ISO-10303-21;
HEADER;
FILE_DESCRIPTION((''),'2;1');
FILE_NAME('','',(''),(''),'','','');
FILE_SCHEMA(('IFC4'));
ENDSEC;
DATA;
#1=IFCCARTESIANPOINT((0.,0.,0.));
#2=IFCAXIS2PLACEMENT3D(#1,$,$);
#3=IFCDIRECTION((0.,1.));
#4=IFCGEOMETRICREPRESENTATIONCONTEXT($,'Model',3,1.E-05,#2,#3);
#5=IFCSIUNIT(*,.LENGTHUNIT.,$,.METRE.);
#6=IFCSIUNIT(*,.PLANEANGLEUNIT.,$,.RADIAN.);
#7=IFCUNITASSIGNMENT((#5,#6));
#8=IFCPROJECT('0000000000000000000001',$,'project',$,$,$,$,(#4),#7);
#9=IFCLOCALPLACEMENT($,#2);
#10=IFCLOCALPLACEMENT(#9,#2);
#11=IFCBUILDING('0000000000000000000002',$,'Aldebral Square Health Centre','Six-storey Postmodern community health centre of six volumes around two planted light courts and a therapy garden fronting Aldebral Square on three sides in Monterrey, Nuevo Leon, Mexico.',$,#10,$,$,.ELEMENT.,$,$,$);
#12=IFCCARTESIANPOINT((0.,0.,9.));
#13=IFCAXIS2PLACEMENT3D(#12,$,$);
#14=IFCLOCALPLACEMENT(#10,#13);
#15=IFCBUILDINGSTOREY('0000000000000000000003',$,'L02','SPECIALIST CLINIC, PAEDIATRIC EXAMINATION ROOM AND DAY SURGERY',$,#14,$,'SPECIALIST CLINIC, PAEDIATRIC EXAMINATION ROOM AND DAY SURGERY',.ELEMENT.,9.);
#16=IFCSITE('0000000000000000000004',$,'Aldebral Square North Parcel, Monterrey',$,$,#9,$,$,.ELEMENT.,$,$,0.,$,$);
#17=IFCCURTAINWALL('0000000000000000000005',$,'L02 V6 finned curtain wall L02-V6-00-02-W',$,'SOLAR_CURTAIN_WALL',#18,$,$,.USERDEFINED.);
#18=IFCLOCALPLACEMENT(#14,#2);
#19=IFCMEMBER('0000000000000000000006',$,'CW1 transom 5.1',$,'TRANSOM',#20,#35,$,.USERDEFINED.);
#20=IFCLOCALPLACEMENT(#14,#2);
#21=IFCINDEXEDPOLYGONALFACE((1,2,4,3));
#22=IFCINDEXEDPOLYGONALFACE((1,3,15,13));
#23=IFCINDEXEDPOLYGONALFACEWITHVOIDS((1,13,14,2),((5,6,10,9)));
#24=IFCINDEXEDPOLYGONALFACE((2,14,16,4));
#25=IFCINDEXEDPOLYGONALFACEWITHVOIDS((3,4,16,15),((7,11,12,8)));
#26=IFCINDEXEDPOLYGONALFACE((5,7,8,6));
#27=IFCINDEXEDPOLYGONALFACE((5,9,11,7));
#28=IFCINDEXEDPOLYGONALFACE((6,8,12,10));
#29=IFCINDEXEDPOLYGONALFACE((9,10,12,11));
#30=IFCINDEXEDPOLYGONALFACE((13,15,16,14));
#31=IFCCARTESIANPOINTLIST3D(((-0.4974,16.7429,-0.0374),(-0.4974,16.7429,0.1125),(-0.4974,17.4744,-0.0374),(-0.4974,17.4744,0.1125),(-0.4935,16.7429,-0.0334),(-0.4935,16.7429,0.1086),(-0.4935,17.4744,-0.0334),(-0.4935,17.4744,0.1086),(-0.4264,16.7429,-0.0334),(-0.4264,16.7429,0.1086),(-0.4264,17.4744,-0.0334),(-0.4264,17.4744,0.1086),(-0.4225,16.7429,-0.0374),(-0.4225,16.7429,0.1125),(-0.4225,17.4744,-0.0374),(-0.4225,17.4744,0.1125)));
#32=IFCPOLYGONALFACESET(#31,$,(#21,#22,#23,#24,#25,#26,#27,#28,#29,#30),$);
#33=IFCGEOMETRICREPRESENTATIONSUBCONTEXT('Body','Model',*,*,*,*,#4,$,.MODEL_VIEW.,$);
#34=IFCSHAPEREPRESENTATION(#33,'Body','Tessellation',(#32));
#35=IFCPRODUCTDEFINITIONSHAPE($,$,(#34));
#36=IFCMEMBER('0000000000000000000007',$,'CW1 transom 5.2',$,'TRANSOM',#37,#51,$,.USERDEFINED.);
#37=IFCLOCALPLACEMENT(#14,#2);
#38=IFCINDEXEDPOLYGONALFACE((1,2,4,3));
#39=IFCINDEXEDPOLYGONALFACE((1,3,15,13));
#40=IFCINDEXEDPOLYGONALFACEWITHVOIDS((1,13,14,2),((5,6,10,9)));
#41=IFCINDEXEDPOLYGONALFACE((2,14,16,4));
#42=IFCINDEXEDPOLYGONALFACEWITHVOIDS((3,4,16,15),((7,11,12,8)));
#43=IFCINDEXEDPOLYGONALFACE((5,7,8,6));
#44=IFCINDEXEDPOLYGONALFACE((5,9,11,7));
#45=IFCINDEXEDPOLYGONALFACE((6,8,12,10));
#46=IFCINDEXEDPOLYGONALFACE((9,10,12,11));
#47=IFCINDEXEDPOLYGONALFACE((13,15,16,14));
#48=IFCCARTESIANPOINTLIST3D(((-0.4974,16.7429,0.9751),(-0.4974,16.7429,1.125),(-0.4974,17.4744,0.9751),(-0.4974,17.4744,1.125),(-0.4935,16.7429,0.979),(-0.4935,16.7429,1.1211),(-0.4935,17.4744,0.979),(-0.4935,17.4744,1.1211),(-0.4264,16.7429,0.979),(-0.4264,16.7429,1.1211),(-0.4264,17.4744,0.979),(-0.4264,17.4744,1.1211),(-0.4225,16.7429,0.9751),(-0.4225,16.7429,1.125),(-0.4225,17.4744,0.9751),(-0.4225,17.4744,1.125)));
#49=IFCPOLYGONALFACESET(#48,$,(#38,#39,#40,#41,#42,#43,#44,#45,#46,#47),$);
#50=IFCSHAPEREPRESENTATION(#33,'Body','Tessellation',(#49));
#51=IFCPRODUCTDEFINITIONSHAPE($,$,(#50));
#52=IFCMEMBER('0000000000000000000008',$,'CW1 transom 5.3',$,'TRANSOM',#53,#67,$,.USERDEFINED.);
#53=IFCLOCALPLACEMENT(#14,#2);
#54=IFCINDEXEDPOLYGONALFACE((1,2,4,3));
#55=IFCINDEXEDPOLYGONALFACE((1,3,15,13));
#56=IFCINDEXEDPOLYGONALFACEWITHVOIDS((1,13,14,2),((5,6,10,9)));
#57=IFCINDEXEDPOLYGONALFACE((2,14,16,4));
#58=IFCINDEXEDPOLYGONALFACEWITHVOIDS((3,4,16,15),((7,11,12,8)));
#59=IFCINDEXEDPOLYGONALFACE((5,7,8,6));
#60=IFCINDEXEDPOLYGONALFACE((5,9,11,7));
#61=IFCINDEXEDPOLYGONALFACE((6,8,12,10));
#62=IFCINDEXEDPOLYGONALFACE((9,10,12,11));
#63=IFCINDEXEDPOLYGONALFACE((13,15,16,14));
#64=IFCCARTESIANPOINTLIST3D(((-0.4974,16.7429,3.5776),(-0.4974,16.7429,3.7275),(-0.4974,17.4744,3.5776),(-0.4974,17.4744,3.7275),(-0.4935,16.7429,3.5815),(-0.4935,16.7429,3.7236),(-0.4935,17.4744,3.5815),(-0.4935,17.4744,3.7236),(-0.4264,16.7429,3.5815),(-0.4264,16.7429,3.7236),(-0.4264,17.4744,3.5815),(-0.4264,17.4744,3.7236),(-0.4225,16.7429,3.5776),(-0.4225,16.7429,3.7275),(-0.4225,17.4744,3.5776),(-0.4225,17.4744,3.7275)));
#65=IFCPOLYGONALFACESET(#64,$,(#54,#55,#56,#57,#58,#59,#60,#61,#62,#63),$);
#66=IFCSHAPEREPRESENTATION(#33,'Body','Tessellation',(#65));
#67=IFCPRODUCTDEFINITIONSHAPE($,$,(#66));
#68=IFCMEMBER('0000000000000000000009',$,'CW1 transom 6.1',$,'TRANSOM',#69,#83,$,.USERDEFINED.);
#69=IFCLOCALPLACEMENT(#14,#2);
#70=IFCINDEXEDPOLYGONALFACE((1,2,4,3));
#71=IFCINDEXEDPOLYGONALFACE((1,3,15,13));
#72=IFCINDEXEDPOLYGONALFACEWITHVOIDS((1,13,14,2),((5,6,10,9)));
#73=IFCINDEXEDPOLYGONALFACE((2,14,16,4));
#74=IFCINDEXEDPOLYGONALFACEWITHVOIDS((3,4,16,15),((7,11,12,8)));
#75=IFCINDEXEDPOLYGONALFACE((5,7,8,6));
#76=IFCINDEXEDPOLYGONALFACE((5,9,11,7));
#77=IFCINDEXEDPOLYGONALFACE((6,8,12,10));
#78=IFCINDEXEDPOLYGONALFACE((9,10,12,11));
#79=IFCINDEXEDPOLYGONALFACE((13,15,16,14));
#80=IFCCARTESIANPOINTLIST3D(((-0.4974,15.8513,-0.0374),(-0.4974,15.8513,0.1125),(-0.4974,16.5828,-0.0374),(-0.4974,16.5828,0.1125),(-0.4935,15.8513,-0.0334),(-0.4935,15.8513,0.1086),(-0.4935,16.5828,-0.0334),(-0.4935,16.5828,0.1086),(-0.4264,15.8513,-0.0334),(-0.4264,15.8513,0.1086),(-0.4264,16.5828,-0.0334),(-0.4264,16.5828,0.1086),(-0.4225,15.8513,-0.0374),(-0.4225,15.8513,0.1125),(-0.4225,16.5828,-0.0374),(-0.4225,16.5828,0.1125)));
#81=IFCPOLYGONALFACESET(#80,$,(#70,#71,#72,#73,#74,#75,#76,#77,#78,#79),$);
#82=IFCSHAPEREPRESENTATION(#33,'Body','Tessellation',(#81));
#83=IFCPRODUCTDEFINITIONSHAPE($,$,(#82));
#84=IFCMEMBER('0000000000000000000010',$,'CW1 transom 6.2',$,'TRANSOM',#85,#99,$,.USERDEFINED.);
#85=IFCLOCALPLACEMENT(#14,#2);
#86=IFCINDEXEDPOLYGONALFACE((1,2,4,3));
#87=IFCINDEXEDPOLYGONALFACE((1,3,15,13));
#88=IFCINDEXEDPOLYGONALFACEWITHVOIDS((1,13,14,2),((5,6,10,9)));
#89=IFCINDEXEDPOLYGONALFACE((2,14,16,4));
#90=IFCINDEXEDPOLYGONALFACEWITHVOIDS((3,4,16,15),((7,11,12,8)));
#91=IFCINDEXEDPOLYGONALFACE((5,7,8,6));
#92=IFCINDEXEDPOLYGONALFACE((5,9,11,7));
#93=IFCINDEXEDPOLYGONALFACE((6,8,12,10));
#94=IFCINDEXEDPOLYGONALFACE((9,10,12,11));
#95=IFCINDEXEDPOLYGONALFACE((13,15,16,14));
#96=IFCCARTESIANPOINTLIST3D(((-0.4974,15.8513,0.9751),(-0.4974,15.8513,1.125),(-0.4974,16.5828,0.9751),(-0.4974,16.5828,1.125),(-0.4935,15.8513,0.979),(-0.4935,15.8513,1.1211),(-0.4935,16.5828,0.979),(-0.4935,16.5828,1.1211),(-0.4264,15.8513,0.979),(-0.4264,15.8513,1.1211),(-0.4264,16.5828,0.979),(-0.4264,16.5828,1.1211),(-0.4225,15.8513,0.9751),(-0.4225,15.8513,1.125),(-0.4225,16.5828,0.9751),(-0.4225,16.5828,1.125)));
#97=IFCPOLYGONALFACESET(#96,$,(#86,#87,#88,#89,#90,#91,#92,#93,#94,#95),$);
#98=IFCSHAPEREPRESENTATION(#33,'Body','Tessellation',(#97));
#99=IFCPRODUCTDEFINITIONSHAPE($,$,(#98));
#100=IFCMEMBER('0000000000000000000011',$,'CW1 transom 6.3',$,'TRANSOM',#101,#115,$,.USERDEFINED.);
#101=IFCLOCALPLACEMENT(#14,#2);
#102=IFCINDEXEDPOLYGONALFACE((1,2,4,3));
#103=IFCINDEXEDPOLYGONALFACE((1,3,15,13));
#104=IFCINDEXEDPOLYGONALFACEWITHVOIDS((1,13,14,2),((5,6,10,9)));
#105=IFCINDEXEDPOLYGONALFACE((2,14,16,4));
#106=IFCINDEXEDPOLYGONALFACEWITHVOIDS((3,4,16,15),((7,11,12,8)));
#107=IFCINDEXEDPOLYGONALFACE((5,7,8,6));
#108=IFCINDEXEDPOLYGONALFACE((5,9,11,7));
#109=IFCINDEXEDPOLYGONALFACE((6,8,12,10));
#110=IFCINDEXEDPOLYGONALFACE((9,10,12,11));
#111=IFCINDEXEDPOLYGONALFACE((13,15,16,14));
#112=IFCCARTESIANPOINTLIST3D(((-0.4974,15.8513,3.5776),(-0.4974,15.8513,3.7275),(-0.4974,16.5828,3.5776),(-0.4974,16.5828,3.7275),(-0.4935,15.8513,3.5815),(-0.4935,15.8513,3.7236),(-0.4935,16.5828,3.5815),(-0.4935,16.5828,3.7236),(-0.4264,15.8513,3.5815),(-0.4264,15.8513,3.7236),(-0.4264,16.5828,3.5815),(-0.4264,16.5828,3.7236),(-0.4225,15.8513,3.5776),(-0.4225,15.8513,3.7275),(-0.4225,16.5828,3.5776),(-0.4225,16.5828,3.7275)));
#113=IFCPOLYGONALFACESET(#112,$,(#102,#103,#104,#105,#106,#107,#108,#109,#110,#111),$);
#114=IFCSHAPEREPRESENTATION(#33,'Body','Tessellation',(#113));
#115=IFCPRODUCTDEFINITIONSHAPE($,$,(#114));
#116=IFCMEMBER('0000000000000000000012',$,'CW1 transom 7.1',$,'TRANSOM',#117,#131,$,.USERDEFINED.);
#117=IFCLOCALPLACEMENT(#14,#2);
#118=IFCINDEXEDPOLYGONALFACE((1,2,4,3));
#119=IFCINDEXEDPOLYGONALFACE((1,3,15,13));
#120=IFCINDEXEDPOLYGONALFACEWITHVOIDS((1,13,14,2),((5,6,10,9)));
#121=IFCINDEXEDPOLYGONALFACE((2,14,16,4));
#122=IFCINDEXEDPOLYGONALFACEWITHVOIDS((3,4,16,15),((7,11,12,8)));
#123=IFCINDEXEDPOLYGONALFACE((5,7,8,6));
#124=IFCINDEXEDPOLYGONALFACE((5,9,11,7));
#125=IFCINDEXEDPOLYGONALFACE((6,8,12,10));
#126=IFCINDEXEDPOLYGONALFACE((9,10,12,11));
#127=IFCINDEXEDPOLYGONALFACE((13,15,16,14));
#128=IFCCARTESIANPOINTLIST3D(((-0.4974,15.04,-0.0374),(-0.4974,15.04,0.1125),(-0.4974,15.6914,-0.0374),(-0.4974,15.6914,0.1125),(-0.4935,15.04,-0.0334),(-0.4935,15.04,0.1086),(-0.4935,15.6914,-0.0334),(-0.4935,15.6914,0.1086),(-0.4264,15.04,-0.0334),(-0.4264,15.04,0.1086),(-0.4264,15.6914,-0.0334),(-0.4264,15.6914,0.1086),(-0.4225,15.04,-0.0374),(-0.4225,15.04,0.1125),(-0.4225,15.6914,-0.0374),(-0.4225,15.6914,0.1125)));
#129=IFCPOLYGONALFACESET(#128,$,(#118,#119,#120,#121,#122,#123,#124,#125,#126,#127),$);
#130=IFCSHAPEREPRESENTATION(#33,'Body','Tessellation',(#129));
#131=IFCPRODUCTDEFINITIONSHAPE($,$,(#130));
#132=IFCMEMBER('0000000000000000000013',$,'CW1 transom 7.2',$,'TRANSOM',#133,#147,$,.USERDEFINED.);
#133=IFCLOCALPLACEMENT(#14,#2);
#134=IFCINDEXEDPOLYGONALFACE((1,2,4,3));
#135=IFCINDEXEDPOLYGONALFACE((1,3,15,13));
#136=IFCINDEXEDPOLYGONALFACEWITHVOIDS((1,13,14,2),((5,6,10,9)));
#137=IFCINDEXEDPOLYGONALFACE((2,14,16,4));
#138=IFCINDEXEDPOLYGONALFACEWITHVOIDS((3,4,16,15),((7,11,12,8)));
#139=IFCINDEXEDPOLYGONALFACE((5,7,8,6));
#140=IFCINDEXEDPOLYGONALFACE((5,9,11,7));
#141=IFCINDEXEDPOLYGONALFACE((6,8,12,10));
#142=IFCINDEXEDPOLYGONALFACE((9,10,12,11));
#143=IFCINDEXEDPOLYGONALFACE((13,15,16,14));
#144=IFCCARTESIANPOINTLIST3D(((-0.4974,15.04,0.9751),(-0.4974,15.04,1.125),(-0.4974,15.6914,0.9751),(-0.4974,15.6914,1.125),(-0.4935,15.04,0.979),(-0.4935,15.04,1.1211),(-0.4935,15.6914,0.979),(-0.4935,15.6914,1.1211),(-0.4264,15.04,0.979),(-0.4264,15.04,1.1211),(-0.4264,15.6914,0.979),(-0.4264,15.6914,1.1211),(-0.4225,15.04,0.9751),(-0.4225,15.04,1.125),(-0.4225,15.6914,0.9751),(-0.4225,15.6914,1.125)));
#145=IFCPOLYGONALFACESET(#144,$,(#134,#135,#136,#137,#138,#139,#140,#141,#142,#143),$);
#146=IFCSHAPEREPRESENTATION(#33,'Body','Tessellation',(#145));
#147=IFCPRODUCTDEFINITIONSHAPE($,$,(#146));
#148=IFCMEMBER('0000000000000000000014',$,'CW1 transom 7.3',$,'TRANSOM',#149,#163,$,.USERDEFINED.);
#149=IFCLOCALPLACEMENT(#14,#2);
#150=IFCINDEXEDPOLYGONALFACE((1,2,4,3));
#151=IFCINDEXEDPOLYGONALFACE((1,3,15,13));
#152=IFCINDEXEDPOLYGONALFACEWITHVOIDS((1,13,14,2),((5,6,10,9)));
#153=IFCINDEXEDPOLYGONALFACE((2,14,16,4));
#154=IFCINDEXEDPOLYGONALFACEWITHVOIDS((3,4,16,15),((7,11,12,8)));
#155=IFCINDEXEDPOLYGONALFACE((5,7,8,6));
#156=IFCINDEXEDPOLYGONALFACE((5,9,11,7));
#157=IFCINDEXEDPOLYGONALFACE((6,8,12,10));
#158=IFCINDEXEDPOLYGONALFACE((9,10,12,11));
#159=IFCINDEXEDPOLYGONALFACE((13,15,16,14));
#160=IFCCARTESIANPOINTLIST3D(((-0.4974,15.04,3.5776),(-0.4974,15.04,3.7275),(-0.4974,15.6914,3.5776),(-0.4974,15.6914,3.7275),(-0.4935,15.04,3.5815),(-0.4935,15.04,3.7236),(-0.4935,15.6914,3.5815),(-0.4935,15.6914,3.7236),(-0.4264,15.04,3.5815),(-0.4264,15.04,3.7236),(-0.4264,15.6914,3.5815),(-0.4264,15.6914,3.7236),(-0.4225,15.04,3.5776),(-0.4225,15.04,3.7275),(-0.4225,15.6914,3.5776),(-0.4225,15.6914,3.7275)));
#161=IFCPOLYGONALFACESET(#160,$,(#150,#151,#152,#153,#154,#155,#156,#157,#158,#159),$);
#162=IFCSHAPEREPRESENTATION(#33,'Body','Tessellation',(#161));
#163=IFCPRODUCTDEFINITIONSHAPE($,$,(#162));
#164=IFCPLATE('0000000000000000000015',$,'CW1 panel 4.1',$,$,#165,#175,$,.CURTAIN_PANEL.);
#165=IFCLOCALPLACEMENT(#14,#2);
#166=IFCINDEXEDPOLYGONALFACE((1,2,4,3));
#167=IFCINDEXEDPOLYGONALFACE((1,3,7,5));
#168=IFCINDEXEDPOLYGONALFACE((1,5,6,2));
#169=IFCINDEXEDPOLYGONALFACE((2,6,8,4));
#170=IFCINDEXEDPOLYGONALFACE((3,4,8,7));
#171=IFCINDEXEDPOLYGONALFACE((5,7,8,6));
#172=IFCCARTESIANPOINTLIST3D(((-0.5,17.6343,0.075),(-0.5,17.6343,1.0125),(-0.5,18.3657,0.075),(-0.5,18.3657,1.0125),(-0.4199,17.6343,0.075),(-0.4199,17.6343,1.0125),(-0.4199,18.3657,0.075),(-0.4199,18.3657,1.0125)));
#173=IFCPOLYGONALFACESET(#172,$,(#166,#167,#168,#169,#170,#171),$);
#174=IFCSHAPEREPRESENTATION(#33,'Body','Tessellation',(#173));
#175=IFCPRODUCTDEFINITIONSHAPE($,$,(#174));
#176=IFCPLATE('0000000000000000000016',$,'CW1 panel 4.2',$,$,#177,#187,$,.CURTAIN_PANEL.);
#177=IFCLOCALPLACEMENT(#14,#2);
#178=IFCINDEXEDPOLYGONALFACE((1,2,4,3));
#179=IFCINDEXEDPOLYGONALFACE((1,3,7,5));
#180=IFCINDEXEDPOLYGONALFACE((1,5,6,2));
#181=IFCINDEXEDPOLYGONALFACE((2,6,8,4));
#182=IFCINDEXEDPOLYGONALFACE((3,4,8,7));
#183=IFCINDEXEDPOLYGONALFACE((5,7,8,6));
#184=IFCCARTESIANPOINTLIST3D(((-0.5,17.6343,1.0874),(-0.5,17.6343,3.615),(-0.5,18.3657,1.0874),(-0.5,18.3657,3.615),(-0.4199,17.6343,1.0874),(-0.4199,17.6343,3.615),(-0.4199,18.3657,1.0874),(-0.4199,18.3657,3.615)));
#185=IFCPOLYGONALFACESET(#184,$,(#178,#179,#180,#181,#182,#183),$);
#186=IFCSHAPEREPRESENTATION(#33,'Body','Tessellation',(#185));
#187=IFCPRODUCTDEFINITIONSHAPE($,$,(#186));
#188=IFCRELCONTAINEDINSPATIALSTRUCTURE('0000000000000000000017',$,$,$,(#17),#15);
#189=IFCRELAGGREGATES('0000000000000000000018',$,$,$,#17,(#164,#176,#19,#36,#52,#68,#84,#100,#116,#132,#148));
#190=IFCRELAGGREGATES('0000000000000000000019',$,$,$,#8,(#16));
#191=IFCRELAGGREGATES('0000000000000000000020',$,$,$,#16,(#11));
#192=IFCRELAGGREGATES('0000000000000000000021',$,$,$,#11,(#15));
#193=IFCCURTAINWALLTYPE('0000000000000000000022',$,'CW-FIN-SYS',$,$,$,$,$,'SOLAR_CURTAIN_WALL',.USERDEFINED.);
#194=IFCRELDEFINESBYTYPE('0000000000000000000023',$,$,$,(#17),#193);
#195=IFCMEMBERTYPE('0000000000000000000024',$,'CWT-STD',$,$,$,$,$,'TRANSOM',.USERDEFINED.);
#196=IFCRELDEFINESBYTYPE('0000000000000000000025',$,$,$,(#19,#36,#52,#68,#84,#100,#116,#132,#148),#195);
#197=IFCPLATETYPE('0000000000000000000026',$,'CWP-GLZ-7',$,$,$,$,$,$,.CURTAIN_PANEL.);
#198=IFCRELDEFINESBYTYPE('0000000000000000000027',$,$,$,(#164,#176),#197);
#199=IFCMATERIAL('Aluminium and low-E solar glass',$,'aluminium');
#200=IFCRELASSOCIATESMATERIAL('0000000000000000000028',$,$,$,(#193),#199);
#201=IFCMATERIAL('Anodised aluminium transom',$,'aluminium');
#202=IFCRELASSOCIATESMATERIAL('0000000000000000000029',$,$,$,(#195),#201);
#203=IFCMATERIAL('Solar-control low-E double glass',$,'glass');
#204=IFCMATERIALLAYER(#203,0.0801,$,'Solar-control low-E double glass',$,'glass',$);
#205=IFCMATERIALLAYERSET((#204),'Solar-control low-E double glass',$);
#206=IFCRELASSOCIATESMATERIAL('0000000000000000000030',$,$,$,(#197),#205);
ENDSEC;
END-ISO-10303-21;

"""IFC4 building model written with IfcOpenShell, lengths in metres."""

from ifc_helpers import new_model, si_unit, direction, frame, origin, origin_2d, place, context, subcontext, project, spatial, rectangle, hollow_rectangle, extrude, material, layer, layer_set, material_profile, profile_set, type_object, element, aggregate, save


model = new_model("IFC4")

# Units and contexts
model_context = context("Model", 3, precision=1e-05, world=origin(), true_north=direction((0.0, 1.0)))
body_context = subcontext(model_context, "Body", "Model", "MODEL_VIEW")
ifc_project = project(units=[si_unit("LENGTHUNIT", "METRE"), si_unit("PLANEANGLEUNIT", "RADIAN")], contexts=[model_context])

# Site, building, storey
site_placement = place(None, origin())
site = spatial("IfcSite", under=ifc_project, at=site_placement, Name="Aldebral Square North Parcel, Monterrey", CompositionType="ELEMENT", RefElevation=0.0)
building_placement = place(site_placement, origin())
building = spatial("IfcBuilding", under=site, at=building_placement, Name="Aldebral Square Health Centre", Description="Six-storey Postmodern community health centre of six volumes around two planted light courts and a therapy garden fronting Aldebral Square on three sides in Monterrey, Nuevo Leon, Mexico.", CompositionType="ELEMENT")
storey_placement = place(building_placement, frame((0.0, 0.0, 9.0)))
storey = spatial("IfcBuildingStorey", under=building, at=storey_placement, Name="L02", Description="SPECIALIST CLINIC, PAEDIATRIC EXAMINATION ROOM AND DAY SURGERY", LongName="SPECIALIST CLINIC, PAEDIATRIC EXAMINATION ROOM AND DAY SURGERY", CompositionType="ELEMENT", Elevation=9.0)

# Curtain wall, members, plates
ifc_material_1 = material(Name="Aluminium and low-E solar glass", Category="aluminium")
curtain_wall_type = type_object("IfcCurtainWallType", Name="CW-FIN-SYS", ElementType="SOLAR_CURTAIN_WALL", PredefinedType="USERDEFINED", material=ifc_material_1)
curtain_wall_placement = place(storey_placement, origin())
curtain_wall = element("IfcCurtainWall", 1, at=curtain_wall_placement, inside=storey, type_object=curtain_wall_type, Name="L02 V6 finned curtain wall L02-V6-00-02-W", ObjectType="SOLAR_CURTAIN_WALL", PredefinedType="USERDEFINED")
ifc_material_2 = material(Name="Anodised aluminium transom", Category="aluminium")
ifc_material_profile_1 = material_profile(ifc_material_2, hollow_rectangle(XDim=0.075, YDim=0.1499, WallThickness=0.0039, at=origin_2d()), Name="CWT 75x150x4")
ifc_profile_set_1 = profile_set([ifc_material_profile_1], Name="Anodised aluminium transom")
member_type_1 = type_object("IfcMemberType", Name="CWT-STD", ElementType="TRANSOM", PredefinedType="USERDEFINED", material=ifc_profile_set_1)
member_1_placement = place(storey_placement, frame((-0.46, 17.4744, 0.0376), z_axis=(0.0, -1.0, 0.0), x_axis=(1.0, 0.0, 0.0)))
member_1 = element("IfcMember", 2, at=member_1_placement, type_object=member_type_1, Name="CW1 transom 5.1", ObjectType="TRANSOM", PredefinedType="USERDEFINED", context=body_context, shape_type="SweptSolid", body=[
    extrude(hollow_rectangle(XDim=0.075, YDim=0.1499, WallThickness=0.0039, at=origin_2d()), origin(), (0.0, 0.0, 1.0), 0.7314),
])
member_2_placement = place(storey_placement, frame((-0.46, 17.4744, 1.05), z_axis=(0.0, -1.0, 0.0), x_axis=(1.0, 0.0, 0.0)))
member_2 = element("IfcMember", 3, at=member_2_placement, type_object=member_type_1, Name="CW1 transom 5.2", ObjectType="TRANSOM", PredefinedType="USERDEFINED", context=body_context, shape_type="SweptSolid", body=[
    extrude(hollow_rectangle(XDim=0.075, YDim=0.1499, WallThickness=0.0039, at=origin_2d()), origin(), (0.0, 0.0, 1.0), 0.7314),
])
member_3_placement = place(storey_placement, frame((-0.46, 17.4744, 3.6526), z_axis=(0.0, -1.0, 0.0), x_axis=(1.0, 0.0, 0.0)))
member_3 = element("IfcMember", 4, at=member_3_placement, type_object=member_type_1, Name="CW1 transom 5.3", ObjectType="TRANSOM", PredefinedType="USERDEFINED", context=body_context, shape_type="SweptSolid", body=[
    extrude(hollow_rectangle(XDim=0.075, YDim=0.1499, WallThickness=0.0039, at=origin_2d()), origin(), (0.0, 0.0, 1.0), 0.7314),
])
member_4_placement = place(storey_placement, frame((-0.46, 16.5828, 0.0376), z_axis=(0.0, -1.0, 0.0), x_axis=(1.0, 0.0, 0.0)))
member_4 = element("IfcMember", 5, at=member_4_placement, type_object=member_type_1, Name="CW1 transom 6.1", ObjectType="TRANSOM", PredefinedType="USERDEFINED", context=body_context, shape_type="SweptSolid", body=[
    extrude(hollow_rectangle(XDim=0.075, YDim=0.1499, WallThickness=0.0039, at=origin_2d()), origin(), (0.0, 0.0, 1.0), 0.7314),
])
member_5_placement = place(storey_placement, frame((-0.46, 16.5828, 1.05), z_axis=(0.0, -1.0, 0.0), x_axis=(1.0, 0.0, 0.0)))
member_5 = element("IfcMember", 6, at=member_5_placement, type_object=member_type_1, Name="CW1 transom 6.2", ObjectType="TRANSOM", PredefinedType="USERDEFINED", context=body_context, shape_type="SweptSolid", body=[
    extrude(hollow_rectangle(XDim=0.075, YDim=0.1499, WallThickness=0.0039, at=origin_2d()), origin(), (0.0, 0.0, 1.0), 0.7314),
])
member_6_placement = place(storey_placement, frame((-0.46, 16.5828, 3.6526), z_axis=(0.0, -1.0, 0.0), x_axis=(1.0, 0.0, 0.0)))
member_6 = element("IfcMember", 7, at=member_6_placement, type_object=member_type_1, Name="CW1 transom 6.3", ObjectType="TRANSOM", PredefinedType="USERDEFINED", context=body_context, shape_type="SweptSolid", body=[
    extrude(hollow_rectangle(XDim=0.075, YDim=0.1499, WallThickness=0.0039, at=origin_2d()), origin(), (0.0, 0.0, 1.0), 0.7314),
])
member_7_placement = place(storey_placement, frame((-0.46, 15.6914, 0.0376), z_axis=(0.0, -1.0, 0.0), x_axis=(1.0, 0.0, 0.0)))
member_7 = element("IfcMember", 8, at=member_7_placement, type_object=member_type_1, Name="CW1 transom 7.1", ObjectType="TRANSOM", PredefinedType="USERDEFINED", context=body_context, shape_type="SweptSolid", body=[
    extrude(hollow_rectangle(XDim=0.075, YDim=0.1499, WallThickness=0.0039, at=origin_2d()), origin(), (0.0, 0.0, 1.0), 0.6514),
])
member_8_placement = place(storey_placement, frame((-0.46, 15.6914, 1.05), z_axis=(0.0, -1.0, 0.0), x_axis=(1.0, 0.0, 0.0)))
member_8 = element("IfcMember", 9, at=member_8_placement, type_object=member_type_1, Name="CW1 transom 7.2", ObjectType="TRANSOM", PredefinedType="USERDEFINED", context=body_context, shape_type="SweptSolid", body=[
    extrude(hollow_rectangle(XDim=0.075, YDim=0.1499, WallThickness=0.0039, at=origin_2d()), origin(), (0.0, 0.0, 1.0), 0.6514),
])
member_9_placement = place(storey_placement, frame((-0.46, 15.6914, 3.6526), z_axis=(0.0, -1.0, 0.0), x_axis=(1.0, 0.0, 0.0)))
member_9 = element("IfcMember", 10, at=member_9_placement, type_object=member_type_1, Name="CW1 transom 7.3", ObjectType="TRANSOM", PredefinedType="USERDEFINED", context=body_context, shape_type="SweptSolid", body=[
    extrude(hollow_rectangle(XDim=0.075, YDim=0.1499, WallThickness=0.0039, at=origin_2d()), origin(), (0.0, 0.0, 1.0), 0.6514),
])
ifc_material_3 = material(Name="Solar-control low-E double glass", Category="glass")
ifc_layer_1 = layer(ifc_material_3, 0.0801, Name="Solar-control low-E double glass", Category="glass")
ifc_layer_set_1 = layer_set([ifc_layer_1], Name="Solar-control low-E double glass")
plate_type = type_object("IfcPlateType", Name="CWP-GLZ-7", PredefinedType="CURTAIN_PANEL", material=ifc_layer_set_1)
plate_1_placement = place(storey_placement, frame((-0.46, 18.0, 0.075), z_axis=(0.0, 0.0, 1.0), x_axis=(0.0, -1.0, 0.0)))
plate_1 = element("IfcPlate", 11, at=plate_1_placement, type_object=plate_type, Name="CW1 panel 4.1", PredefinedType="CURTAIN_PANEL", context=body_context, shape_type="SweptSolid", body=[
    extrude(rectangle(XDim=0.7314, YDim=0.0801, at=origin_2d()), origin(), (0.0, 0.0, 1.0), 0.9375),
])
plate_2_placement = place(storey_placement, frame((-0.46, 18.0, 1.0874), z_axis=(0.0, 0.0, 1.0), x_axis=(0.0, -1.0, 0.0)))
plate_2 = element("IfcPlate", 12, at=plate_2_placement, type_object=plate_type, Name="CW1 panel 4.2", PredefinedType="CURTAIN_PANEL", context=body_context, shape_type="SweptSolid", body=[
    extrude(rectangle(XDim=0.7314, YDim=0.0801, at=origin_2d()), origin(), (0.0, 0.0, 1.0), 2.5276),
])
aggregate(curtain_wall, [plate_1, plate_2, member_1, member_2, member_3, member_4, member_5, member_6, member_7, member_8, member_9])

save(model, "model.ifc")
